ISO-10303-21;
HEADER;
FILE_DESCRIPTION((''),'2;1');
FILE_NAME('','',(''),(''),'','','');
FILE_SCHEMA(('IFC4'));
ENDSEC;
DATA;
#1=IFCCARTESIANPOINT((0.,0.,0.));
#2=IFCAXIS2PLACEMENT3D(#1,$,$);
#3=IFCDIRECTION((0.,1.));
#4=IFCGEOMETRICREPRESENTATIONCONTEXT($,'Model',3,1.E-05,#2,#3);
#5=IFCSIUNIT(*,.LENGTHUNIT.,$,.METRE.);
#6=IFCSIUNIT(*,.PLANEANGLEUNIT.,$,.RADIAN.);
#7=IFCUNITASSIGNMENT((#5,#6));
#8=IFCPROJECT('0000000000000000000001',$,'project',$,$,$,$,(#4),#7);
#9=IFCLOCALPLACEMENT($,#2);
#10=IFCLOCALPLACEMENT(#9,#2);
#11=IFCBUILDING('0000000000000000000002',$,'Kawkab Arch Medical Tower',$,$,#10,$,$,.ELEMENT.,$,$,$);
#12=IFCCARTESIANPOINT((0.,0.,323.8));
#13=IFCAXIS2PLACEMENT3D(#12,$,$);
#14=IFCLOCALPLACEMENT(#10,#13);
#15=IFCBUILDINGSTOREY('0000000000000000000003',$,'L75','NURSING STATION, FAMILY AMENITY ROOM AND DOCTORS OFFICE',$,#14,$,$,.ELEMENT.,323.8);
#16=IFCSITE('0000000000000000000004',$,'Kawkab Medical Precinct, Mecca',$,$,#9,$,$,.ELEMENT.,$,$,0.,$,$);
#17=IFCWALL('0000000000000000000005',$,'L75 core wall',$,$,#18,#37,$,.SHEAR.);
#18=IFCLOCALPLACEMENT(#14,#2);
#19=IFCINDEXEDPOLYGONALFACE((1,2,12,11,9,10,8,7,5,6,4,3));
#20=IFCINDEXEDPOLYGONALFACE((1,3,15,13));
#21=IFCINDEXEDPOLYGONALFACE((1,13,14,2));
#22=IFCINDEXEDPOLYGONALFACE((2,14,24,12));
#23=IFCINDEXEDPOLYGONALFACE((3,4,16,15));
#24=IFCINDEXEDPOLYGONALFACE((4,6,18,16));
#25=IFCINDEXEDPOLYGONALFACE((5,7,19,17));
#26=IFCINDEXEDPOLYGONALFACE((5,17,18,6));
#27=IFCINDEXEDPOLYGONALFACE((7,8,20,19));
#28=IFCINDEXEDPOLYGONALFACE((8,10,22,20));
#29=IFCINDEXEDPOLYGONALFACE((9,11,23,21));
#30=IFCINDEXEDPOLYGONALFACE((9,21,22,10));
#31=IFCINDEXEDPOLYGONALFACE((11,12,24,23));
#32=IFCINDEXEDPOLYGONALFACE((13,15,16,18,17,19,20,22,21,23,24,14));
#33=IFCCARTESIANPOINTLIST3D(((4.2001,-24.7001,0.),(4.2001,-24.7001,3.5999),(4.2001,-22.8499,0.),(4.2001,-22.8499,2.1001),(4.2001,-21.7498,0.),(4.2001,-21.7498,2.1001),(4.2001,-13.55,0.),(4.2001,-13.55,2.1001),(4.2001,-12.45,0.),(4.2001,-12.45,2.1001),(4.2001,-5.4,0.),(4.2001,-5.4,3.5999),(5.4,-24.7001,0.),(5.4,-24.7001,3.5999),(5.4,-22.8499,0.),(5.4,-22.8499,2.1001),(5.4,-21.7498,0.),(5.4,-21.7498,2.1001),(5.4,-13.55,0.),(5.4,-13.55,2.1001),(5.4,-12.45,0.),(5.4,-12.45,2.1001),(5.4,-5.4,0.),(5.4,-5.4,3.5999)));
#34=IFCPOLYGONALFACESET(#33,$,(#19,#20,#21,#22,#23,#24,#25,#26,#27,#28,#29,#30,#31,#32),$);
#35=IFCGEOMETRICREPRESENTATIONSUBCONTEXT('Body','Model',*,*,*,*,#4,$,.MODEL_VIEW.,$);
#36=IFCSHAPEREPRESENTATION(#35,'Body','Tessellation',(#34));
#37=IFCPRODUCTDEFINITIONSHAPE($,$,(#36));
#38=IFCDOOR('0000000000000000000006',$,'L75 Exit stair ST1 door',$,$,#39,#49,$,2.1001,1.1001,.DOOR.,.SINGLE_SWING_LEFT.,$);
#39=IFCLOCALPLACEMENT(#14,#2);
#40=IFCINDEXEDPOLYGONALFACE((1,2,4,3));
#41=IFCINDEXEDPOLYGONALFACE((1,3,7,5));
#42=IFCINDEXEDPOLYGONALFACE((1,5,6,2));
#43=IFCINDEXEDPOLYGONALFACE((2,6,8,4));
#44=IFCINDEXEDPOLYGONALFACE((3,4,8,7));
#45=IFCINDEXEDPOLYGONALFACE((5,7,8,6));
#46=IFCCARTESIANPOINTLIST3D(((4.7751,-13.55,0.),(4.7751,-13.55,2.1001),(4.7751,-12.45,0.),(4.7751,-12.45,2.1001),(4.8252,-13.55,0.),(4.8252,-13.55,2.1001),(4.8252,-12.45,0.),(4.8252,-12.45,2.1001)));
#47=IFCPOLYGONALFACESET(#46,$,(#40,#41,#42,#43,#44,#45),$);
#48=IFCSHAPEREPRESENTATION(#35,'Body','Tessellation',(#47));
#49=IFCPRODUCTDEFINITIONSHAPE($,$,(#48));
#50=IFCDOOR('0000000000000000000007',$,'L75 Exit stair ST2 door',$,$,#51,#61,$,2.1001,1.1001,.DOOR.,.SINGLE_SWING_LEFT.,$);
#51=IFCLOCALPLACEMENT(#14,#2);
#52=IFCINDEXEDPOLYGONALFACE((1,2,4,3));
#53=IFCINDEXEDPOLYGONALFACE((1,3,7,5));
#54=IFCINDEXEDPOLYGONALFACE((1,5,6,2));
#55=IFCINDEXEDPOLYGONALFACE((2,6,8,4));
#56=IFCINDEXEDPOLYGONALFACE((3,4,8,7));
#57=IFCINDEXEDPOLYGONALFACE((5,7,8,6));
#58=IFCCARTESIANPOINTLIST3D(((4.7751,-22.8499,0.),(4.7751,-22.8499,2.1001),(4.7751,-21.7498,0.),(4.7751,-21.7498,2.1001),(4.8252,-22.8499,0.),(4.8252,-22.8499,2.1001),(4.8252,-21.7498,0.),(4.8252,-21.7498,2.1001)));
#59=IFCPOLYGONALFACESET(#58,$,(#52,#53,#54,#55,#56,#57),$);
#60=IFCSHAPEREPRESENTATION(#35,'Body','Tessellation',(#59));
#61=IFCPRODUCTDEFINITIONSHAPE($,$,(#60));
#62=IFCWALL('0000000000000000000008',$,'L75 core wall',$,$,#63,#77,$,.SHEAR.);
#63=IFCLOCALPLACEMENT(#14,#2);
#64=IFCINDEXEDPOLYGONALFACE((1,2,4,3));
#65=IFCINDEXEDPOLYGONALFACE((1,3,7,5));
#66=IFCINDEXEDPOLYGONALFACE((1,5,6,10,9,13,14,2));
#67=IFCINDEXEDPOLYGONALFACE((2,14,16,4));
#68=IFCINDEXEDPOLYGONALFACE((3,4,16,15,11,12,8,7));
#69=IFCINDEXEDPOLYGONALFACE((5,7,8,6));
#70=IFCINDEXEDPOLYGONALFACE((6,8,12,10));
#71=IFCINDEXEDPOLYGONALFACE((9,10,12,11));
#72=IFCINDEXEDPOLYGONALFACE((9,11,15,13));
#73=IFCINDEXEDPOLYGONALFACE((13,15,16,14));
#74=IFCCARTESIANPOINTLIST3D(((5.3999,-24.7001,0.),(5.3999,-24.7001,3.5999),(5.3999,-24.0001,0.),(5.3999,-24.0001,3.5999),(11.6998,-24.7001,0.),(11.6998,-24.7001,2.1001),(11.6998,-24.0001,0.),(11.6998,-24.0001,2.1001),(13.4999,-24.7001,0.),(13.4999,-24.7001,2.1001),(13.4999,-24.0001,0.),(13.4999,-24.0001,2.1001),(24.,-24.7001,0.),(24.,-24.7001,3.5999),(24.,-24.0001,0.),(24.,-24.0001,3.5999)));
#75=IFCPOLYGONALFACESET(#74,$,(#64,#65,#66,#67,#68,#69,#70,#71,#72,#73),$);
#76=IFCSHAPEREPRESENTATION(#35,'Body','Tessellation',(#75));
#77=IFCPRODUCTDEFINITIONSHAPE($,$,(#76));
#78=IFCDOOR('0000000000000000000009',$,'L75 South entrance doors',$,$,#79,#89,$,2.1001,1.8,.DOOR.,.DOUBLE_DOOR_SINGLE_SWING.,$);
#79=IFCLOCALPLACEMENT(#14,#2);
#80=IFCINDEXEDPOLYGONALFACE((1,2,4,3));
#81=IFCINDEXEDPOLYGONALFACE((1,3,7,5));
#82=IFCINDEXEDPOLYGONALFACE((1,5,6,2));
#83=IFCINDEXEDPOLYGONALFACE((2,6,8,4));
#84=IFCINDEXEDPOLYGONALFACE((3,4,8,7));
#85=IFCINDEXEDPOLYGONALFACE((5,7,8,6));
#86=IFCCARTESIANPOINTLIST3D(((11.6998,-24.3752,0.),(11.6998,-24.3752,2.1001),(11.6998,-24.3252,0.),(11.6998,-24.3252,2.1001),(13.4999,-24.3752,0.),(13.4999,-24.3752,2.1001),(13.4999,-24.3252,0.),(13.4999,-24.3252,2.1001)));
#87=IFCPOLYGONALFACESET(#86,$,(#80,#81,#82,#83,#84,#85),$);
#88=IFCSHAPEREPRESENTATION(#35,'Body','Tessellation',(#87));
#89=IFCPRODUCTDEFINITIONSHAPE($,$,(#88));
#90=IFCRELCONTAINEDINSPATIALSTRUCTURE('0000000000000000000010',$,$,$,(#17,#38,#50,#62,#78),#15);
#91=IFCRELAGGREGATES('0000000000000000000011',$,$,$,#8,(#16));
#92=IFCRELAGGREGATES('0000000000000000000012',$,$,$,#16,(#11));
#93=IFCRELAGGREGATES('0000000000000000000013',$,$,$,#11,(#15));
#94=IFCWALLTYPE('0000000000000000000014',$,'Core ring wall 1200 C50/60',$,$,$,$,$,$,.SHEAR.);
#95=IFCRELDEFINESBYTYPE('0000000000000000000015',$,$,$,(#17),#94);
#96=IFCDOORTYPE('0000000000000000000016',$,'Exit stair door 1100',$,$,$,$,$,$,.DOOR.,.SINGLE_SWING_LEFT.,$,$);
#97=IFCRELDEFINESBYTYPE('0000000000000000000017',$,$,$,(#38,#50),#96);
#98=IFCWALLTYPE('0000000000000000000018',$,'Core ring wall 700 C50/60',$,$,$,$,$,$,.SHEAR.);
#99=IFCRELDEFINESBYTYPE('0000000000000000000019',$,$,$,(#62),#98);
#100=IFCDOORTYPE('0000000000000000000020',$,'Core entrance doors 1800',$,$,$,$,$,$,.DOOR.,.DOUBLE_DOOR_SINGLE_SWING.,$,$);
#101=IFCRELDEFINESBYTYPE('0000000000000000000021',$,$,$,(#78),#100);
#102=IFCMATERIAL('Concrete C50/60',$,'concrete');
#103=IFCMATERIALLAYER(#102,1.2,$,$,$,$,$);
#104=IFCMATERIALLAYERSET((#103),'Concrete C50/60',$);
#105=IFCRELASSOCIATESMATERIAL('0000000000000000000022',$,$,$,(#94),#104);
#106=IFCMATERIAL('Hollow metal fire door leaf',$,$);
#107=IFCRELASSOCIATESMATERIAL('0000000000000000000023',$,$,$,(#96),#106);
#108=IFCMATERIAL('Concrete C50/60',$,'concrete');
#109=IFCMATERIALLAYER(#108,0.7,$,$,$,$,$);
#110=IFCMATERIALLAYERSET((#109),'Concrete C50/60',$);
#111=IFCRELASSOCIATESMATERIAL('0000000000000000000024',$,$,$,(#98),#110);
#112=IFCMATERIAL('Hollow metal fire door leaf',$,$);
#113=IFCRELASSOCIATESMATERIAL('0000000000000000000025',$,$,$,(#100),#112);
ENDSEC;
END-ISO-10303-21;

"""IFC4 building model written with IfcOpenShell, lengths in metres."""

from ifc_helpers import new_model, si_unit, direction, frame, frame_2d, origin, place, context, subcontext, project, spatial, rectangle, extrude, material, layer, layer_set, type_object, element, fill, save


model = new_model("IFC4")

# Units and contexts
model_context = context("Model", 3, precision=1e-05, world=origin(), true_north=direction((0.0, 1.0)))
body_context = subcontext(model_context, "Body", "Model", "MODEL_VIEW")
ifc_project = project(units=[si_unit("LENGTHUNIT", "METRE"), si_unit("PLANEANGLEUNIT", "RADIAN")], contexts=[model_context])

# Site, building, storey
site_placement = place(None, origin())
site = spatial("IfcSite", under=ifc_project, at=site_placement, Name="Kawkab Medical Precinct, Mecca", CompositionType="ELEMENT", RefElevation=0.0)
building_placement = place(site_placement, origin())
building = spatial("IfcBuilding", under=site, at=building_placement, Name="Kawkab Arch Medical Tower", CompositionType="ELEMENT")
storey_placement = place(building_placement, frame((0.0, 0.0, 323.8)))
storey = spatial("IfcBuildingStorey", under=building, at=storey_placement, Name="L75", Description="NURSING STATION, FAMILY AMENITY ROOM AND DOCTORS OFFICE", CompositionType="ELEMENT", Elevation=323.8)

# Wall, openings, doors
ifc_material_1 = material(Name="Concrete C50/60", Category="concrete")
ifc_layer_1 = layer(ifc_material_1, 1.2)
ifc_layer_set_1 = layer_set([ifc_layer_1], Name="Concrete C50/60")
wall_type_1 = type_object("IfcWallType", Name="Core ring wall 1200 C50/60", PredefinedType="SHEAR", material=ifc_layer_set_1)
wall_1_placement = place(storey_placement, frame((4.8, -24.7, 0.0), z_axis=(0.0, 0.0, 1.0), x_axis=(0.0, 1.0, 0.0)))
wall_1 = element("IfcWall", 1, at=wall_1_placement, inside=storey, type_object=wall_type_1, Name="L75 core wall", PredefinedType="SHEAR", context=body_context, shape_type="SweptSolid", body=[
    extrude(rectangle(XDim=19.3, YDim=1.2, at=frame_2d((9.6499, 0.0))), origin(), (0.0, 0.0, 1.0), 3.5999),
])
opening_1_placement = place(wall_1_placement, frame((11.1499, 0.0, 0.0)))
opening_1 = element("IfcOpeningElement", 2, at=opening_1_placement, cuts=wall_1, PredefinedType="OPENING", context=body_context, shape_type="SweptSolid", body=[
    extrude(rectangle(XDim=1.1001, YDim=2.1001, at=frame_2d((0.55, 1.05))), frame((0.0, 0.6099, 0.0), z_axis=(0.0, -1.0, 0.0), x_axis=(1.0, 0.0, 0.0)), (0.0, 0.0, 1.0), 1.22),
])
opening_2_placement = place(wall_1_placement, frame((1.8501, 0.0, 0.0)))
opening_2 = element("IfcOpeningElement", 3, at=opening_2_placement, cuts=wall_1, PredefinedType="OPENING", context=body_context, shape_type="SweptSolid", body=[
    extrude(rectangle(XDim=1.1001, YDim=2.1001, at=frame_2d((0.55, 1.05))), frame((0.0, 0.6099, 0.0), z_axis=(0.0, -1.0, 0.0), x_axis=(1.0, 0.0, 0.0)), (0.0, 0.0, 1.0), 1.22),
])
ifc_material_2 = material(Name="Hollow metal fire door leaf")
door_type_1 = type_object("IfcDoorType", Name="Exit stair door 1100", OperationType="SINGLE_SWING_LEFT", PredefinedType="DOOR", material=ifc_material_2)
door_1_placement = place(opening_1_placement, origin())
door_1 = element("IfcDoor", 4, at=door_1_placement, inside=storey, type_object=door_type_1, Name="L75 Exit stair ST1 door", OperationType="SINGLE_SWING_LEFT", OverallHeight=2.1001, OverallWidth=1.1001, PredefinedType="DOOR", context=body_context, shape_type="SweptSolid", body=[
    extrude(rectangle(XDim=1.1001, YDim=2.1001, at=frame_2d((0.55, 1.05))), frame((0.0, 0.0249, 0.0), z_axis=(0.0, -1.0, 0.0), x_axis=(1.0, 0.0, 0.0)), (0.0, 0.0, 1.0), 0.05),
])
fill(opening_1, door_1)
door_2_placement = place(opening_2_placement, origin())
door_2 = element("IfcDoor", 5, at=door_2_placement, inside=storey, type_object=door_type_1, Name="L75 Exit stair ST2 door", OperationType="SINGLE_SWING_LEFT", OverallHeight=2.1001, OverallWidth=1.1001, PredefinedType="DOOR", context=body_context, shape_type="SweptSolid", body=[
    extrude(rectangle(XDim=1.1001, YDim=2.1001, at=frame_2d((0.55, 1.05))), frame((0.0, 0.0249, 0.0), z_axis=(0.0, -1.0, 0.0), x_axis=(1.0, 0.0, 0.0)), (0.0, 0.0, 1.0), 0.05),
])
fill(opening_2, door_2)

# Wall, opening, door
ifc_material_3 = material(Name="Concrete C50/60", Category="concrete")
ifc_layer_2 = layer(ifc_material_3, 0.7)
ifc_layer_set_2 = layer_set([ifc_layer_2], Name="Concrete C50/60")
wall_type_2 = type_object("IfcWallType", Name="Core ring wall 700 C50/60", PredefinedType="SHEAR", material=ifc_layer_set_2)
wall_2_placement = place(storey_placement, frame((5.3999, -24.3501, 0.0), z_axis=(0.0, 0.0, 1.0), x_axis=(1.0, 0.0, 0.0)))
wall_2 = element("IfcWall", 6, at=wall_2_placement, inside=storey, type_object=wall_type_2, Name="L75 core wall", PredefinedType="SHEAR", context=body_context, shape_type="SweptSolid", body=[
    extrude(rectangle(XDim=18.6001, YDim=0.7, at=frame_2d((9.3, 0.0))), origin(), (0.0, 0.0, 1.0), 3.5999),
])
opening_3_placement = place(wall_2_placement, frame((6.3, 0.0, 0.0)))
opening_3 = element("IfcOpeningElement", 7, at=opening_3_placement, cuts=wall_2, PredefinedType="OPENING", context=body_context, shape_type="SweptSolid", body=[
    extrude(rectangle(XDim=1.8, YDim=2.1001, at=frame_2d((0.8999, 1.05))), frame((0.0, 0.3599, 0.0), z_axis=(0.0, -1.0, 0.0), x_axis=(1.0, 0.0, 0.0)), (0.0, 0.0, 1.0), 0.72),
])
ifc_material_4 = material(Name="Hollow metal fire door leaf")
door_type_2 = type_object("IfcDoorType", Name="Core entrance doors 1800", OperationType="DOUBLE_DOOR_SINGLE_SWING", PredefinedType="DOOR", material=ifc_material_4)
door_3_placement = place(opening_3_placement, origin())
door_3 = element("IfcDoor", 8, at=door_3_placement, inside=storey, type_object=door_type_2, Name="L75 South entrance doors", OperationType="DOUBLE_DOOR_SINGLE_SWING", OverallHeight=2.1001, OverallWidth=1.8, PredefinedType="DOOR", context=body_context, shape_type="SweptSolid", body=[
    extrude(rectangle(XDim=1.8, YDim=2.1001, at=frame_2d((0.8999, 1.05))), frame((0.0, 0.0249, 0.0), z_axis=(0.0, -1.0, 0.0), x_axis=(1.0, 0.0, 0.0)), (0.0, 0.0, 1.0), 0.05),
])
fill(opening_3, door_3)

save(model, "model.ifc")
